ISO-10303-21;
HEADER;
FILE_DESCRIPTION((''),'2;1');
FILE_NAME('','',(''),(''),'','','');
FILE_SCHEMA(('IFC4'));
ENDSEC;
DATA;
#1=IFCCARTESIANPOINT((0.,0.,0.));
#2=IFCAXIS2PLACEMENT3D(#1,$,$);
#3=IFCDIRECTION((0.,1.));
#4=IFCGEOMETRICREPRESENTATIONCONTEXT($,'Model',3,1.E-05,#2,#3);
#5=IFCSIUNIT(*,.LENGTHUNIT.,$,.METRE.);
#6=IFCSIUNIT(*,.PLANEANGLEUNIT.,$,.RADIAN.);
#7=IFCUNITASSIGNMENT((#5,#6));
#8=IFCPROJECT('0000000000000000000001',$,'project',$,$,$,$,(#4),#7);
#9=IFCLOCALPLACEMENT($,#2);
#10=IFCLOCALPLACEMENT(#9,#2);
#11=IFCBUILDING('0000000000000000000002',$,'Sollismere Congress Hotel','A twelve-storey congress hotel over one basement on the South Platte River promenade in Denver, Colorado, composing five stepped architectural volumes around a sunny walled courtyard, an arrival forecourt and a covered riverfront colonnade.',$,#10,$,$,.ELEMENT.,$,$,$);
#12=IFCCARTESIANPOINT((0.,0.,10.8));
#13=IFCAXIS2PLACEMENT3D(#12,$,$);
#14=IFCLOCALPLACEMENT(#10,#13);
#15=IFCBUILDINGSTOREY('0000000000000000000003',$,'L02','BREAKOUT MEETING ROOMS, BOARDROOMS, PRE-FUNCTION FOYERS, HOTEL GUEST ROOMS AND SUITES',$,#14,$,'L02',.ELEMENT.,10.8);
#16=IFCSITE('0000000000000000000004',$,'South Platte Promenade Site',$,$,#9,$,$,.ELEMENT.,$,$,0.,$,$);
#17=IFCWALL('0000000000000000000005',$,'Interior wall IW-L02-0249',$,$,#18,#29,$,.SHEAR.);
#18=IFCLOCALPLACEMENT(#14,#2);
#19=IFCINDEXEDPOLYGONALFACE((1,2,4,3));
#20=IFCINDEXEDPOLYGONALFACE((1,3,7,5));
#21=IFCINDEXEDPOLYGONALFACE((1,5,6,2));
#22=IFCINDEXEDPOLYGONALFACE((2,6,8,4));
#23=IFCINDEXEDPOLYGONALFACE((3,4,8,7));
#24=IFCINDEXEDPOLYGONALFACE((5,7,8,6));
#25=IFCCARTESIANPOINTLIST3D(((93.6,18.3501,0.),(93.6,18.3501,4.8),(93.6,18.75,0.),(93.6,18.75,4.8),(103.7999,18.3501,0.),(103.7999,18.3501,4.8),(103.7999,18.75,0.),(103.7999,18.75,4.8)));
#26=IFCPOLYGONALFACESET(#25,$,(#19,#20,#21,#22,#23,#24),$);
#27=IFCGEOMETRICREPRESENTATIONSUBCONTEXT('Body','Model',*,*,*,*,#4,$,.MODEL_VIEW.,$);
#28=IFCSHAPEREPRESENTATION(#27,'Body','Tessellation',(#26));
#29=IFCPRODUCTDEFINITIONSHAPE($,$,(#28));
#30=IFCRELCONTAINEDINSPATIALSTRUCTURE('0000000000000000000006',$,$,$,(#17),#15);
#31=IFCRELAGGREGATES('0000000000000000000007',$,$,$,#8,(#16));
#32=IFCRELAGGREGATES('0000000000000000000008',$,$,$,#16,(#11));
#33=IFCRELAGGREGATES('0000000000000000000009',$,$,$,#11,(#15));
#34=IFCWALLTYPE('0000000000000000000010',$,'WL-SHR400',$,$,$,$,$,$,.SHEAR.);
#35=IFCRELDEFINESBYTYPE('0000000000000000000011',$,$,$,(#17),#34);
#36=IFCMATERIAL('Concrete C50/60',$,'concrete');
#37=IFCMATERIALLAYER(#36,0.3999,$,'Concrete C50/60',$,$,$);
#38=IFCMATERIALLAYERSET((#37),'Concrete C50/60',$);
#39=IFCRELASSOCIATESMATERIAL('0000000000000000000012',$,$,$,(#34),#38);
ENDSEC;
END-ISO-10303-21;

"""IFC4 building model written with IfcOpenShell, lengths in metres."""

from ifc_helpers import new_model, si_unit, direction, frame, frame_2d, origin, place, context, subcontext, project, spatial, rectangle, extrude, material, layer, layer_set, type_object, element, save


model = new_model("IFC4")

# Units and contexts
model_context = context("Model", 3, precision=1e-05, world=origin(), true_north=direction((0.0, 1.0)))
body_context = subcontext(model_context, "Body", "Model", "MODEL_VIEW")
ifc_project = project(units=[si_unit("LENGTHUNIT", "METRE"), si_unit("PLANEANGLEUNIT", "RADIAN")], contexts=[model_context])

# Site, building, storey
site_placement = place(None, origin())
site = spatial("IfcSite", under=ifc_project, at=site_placement, Name="South Platte Promenade Site", CompositionType="ELEMENT", RefElevation=0.0)
building_placement = place(site_placement, origin())
building = spatial("IfcBuilding", under=site, at=building_placement, Name="Sollismere Congress Hotel", Description="A twelve-storey congress hotel over one basement on the South Platte River promenade in Denver, Colorado, composing five stepped architectural volumes around a sunny walled courtyard, an arrival forecourt and a covered riverfront colonnade.", CompositionType="ELEMENT")
storey_placement = place(building_placement, frame((0.0, 0.0, 10.8)))
storey = spatial("IfcBuildingStorey", under=building, at=storey_placement, Name="L02", Description="BREAKOUT MEETING ROOMS, BOARDROOMS, PRE-FUNCTION FOYERS, HOTEL GUEST ROOMS AND SUITES", LongName="L02", CompositionType="ELEMENT", Elevation=10.8)

# Wall
ifc_material_1 = material(Name="Concrete C50/60", Category="concrete")
ifc_layer_1 = layer(ifc_material_1, 0.3999, Name="Concrete C50/60")
ifc_layer_set_1 = layer_set([ifc_layer_1], Name="Concrete C50/60")
wall_type_1 = type_object("IfcWallType", Name="WL-SHR400", PredefinedType="SHEAR", material=ifc_layer_set_1)
wall_1_placement = place(storey_placement, frame((103.8, 18.55, 0.0), z_axis=(0.0, 0.0, 1.0), x_axis=(-1.0, 0.0, 0.0)))
element("IfcWall", 1, at=wall_1_placement, inside=storey, type_object=wall_type_1, Name="Interior wall IW-L02-0249", PredefinedType="SHEAR", context=body_context, shape_type="SweptSolid", body=[
    extrude(rectangle(XDim=10.2, YDim=0.3999, at=frame_2d((5.1001, 0.0))), origin(), (0.0, 0.0, 1.0), 4.8),
])

save(model, "model.ifc")
